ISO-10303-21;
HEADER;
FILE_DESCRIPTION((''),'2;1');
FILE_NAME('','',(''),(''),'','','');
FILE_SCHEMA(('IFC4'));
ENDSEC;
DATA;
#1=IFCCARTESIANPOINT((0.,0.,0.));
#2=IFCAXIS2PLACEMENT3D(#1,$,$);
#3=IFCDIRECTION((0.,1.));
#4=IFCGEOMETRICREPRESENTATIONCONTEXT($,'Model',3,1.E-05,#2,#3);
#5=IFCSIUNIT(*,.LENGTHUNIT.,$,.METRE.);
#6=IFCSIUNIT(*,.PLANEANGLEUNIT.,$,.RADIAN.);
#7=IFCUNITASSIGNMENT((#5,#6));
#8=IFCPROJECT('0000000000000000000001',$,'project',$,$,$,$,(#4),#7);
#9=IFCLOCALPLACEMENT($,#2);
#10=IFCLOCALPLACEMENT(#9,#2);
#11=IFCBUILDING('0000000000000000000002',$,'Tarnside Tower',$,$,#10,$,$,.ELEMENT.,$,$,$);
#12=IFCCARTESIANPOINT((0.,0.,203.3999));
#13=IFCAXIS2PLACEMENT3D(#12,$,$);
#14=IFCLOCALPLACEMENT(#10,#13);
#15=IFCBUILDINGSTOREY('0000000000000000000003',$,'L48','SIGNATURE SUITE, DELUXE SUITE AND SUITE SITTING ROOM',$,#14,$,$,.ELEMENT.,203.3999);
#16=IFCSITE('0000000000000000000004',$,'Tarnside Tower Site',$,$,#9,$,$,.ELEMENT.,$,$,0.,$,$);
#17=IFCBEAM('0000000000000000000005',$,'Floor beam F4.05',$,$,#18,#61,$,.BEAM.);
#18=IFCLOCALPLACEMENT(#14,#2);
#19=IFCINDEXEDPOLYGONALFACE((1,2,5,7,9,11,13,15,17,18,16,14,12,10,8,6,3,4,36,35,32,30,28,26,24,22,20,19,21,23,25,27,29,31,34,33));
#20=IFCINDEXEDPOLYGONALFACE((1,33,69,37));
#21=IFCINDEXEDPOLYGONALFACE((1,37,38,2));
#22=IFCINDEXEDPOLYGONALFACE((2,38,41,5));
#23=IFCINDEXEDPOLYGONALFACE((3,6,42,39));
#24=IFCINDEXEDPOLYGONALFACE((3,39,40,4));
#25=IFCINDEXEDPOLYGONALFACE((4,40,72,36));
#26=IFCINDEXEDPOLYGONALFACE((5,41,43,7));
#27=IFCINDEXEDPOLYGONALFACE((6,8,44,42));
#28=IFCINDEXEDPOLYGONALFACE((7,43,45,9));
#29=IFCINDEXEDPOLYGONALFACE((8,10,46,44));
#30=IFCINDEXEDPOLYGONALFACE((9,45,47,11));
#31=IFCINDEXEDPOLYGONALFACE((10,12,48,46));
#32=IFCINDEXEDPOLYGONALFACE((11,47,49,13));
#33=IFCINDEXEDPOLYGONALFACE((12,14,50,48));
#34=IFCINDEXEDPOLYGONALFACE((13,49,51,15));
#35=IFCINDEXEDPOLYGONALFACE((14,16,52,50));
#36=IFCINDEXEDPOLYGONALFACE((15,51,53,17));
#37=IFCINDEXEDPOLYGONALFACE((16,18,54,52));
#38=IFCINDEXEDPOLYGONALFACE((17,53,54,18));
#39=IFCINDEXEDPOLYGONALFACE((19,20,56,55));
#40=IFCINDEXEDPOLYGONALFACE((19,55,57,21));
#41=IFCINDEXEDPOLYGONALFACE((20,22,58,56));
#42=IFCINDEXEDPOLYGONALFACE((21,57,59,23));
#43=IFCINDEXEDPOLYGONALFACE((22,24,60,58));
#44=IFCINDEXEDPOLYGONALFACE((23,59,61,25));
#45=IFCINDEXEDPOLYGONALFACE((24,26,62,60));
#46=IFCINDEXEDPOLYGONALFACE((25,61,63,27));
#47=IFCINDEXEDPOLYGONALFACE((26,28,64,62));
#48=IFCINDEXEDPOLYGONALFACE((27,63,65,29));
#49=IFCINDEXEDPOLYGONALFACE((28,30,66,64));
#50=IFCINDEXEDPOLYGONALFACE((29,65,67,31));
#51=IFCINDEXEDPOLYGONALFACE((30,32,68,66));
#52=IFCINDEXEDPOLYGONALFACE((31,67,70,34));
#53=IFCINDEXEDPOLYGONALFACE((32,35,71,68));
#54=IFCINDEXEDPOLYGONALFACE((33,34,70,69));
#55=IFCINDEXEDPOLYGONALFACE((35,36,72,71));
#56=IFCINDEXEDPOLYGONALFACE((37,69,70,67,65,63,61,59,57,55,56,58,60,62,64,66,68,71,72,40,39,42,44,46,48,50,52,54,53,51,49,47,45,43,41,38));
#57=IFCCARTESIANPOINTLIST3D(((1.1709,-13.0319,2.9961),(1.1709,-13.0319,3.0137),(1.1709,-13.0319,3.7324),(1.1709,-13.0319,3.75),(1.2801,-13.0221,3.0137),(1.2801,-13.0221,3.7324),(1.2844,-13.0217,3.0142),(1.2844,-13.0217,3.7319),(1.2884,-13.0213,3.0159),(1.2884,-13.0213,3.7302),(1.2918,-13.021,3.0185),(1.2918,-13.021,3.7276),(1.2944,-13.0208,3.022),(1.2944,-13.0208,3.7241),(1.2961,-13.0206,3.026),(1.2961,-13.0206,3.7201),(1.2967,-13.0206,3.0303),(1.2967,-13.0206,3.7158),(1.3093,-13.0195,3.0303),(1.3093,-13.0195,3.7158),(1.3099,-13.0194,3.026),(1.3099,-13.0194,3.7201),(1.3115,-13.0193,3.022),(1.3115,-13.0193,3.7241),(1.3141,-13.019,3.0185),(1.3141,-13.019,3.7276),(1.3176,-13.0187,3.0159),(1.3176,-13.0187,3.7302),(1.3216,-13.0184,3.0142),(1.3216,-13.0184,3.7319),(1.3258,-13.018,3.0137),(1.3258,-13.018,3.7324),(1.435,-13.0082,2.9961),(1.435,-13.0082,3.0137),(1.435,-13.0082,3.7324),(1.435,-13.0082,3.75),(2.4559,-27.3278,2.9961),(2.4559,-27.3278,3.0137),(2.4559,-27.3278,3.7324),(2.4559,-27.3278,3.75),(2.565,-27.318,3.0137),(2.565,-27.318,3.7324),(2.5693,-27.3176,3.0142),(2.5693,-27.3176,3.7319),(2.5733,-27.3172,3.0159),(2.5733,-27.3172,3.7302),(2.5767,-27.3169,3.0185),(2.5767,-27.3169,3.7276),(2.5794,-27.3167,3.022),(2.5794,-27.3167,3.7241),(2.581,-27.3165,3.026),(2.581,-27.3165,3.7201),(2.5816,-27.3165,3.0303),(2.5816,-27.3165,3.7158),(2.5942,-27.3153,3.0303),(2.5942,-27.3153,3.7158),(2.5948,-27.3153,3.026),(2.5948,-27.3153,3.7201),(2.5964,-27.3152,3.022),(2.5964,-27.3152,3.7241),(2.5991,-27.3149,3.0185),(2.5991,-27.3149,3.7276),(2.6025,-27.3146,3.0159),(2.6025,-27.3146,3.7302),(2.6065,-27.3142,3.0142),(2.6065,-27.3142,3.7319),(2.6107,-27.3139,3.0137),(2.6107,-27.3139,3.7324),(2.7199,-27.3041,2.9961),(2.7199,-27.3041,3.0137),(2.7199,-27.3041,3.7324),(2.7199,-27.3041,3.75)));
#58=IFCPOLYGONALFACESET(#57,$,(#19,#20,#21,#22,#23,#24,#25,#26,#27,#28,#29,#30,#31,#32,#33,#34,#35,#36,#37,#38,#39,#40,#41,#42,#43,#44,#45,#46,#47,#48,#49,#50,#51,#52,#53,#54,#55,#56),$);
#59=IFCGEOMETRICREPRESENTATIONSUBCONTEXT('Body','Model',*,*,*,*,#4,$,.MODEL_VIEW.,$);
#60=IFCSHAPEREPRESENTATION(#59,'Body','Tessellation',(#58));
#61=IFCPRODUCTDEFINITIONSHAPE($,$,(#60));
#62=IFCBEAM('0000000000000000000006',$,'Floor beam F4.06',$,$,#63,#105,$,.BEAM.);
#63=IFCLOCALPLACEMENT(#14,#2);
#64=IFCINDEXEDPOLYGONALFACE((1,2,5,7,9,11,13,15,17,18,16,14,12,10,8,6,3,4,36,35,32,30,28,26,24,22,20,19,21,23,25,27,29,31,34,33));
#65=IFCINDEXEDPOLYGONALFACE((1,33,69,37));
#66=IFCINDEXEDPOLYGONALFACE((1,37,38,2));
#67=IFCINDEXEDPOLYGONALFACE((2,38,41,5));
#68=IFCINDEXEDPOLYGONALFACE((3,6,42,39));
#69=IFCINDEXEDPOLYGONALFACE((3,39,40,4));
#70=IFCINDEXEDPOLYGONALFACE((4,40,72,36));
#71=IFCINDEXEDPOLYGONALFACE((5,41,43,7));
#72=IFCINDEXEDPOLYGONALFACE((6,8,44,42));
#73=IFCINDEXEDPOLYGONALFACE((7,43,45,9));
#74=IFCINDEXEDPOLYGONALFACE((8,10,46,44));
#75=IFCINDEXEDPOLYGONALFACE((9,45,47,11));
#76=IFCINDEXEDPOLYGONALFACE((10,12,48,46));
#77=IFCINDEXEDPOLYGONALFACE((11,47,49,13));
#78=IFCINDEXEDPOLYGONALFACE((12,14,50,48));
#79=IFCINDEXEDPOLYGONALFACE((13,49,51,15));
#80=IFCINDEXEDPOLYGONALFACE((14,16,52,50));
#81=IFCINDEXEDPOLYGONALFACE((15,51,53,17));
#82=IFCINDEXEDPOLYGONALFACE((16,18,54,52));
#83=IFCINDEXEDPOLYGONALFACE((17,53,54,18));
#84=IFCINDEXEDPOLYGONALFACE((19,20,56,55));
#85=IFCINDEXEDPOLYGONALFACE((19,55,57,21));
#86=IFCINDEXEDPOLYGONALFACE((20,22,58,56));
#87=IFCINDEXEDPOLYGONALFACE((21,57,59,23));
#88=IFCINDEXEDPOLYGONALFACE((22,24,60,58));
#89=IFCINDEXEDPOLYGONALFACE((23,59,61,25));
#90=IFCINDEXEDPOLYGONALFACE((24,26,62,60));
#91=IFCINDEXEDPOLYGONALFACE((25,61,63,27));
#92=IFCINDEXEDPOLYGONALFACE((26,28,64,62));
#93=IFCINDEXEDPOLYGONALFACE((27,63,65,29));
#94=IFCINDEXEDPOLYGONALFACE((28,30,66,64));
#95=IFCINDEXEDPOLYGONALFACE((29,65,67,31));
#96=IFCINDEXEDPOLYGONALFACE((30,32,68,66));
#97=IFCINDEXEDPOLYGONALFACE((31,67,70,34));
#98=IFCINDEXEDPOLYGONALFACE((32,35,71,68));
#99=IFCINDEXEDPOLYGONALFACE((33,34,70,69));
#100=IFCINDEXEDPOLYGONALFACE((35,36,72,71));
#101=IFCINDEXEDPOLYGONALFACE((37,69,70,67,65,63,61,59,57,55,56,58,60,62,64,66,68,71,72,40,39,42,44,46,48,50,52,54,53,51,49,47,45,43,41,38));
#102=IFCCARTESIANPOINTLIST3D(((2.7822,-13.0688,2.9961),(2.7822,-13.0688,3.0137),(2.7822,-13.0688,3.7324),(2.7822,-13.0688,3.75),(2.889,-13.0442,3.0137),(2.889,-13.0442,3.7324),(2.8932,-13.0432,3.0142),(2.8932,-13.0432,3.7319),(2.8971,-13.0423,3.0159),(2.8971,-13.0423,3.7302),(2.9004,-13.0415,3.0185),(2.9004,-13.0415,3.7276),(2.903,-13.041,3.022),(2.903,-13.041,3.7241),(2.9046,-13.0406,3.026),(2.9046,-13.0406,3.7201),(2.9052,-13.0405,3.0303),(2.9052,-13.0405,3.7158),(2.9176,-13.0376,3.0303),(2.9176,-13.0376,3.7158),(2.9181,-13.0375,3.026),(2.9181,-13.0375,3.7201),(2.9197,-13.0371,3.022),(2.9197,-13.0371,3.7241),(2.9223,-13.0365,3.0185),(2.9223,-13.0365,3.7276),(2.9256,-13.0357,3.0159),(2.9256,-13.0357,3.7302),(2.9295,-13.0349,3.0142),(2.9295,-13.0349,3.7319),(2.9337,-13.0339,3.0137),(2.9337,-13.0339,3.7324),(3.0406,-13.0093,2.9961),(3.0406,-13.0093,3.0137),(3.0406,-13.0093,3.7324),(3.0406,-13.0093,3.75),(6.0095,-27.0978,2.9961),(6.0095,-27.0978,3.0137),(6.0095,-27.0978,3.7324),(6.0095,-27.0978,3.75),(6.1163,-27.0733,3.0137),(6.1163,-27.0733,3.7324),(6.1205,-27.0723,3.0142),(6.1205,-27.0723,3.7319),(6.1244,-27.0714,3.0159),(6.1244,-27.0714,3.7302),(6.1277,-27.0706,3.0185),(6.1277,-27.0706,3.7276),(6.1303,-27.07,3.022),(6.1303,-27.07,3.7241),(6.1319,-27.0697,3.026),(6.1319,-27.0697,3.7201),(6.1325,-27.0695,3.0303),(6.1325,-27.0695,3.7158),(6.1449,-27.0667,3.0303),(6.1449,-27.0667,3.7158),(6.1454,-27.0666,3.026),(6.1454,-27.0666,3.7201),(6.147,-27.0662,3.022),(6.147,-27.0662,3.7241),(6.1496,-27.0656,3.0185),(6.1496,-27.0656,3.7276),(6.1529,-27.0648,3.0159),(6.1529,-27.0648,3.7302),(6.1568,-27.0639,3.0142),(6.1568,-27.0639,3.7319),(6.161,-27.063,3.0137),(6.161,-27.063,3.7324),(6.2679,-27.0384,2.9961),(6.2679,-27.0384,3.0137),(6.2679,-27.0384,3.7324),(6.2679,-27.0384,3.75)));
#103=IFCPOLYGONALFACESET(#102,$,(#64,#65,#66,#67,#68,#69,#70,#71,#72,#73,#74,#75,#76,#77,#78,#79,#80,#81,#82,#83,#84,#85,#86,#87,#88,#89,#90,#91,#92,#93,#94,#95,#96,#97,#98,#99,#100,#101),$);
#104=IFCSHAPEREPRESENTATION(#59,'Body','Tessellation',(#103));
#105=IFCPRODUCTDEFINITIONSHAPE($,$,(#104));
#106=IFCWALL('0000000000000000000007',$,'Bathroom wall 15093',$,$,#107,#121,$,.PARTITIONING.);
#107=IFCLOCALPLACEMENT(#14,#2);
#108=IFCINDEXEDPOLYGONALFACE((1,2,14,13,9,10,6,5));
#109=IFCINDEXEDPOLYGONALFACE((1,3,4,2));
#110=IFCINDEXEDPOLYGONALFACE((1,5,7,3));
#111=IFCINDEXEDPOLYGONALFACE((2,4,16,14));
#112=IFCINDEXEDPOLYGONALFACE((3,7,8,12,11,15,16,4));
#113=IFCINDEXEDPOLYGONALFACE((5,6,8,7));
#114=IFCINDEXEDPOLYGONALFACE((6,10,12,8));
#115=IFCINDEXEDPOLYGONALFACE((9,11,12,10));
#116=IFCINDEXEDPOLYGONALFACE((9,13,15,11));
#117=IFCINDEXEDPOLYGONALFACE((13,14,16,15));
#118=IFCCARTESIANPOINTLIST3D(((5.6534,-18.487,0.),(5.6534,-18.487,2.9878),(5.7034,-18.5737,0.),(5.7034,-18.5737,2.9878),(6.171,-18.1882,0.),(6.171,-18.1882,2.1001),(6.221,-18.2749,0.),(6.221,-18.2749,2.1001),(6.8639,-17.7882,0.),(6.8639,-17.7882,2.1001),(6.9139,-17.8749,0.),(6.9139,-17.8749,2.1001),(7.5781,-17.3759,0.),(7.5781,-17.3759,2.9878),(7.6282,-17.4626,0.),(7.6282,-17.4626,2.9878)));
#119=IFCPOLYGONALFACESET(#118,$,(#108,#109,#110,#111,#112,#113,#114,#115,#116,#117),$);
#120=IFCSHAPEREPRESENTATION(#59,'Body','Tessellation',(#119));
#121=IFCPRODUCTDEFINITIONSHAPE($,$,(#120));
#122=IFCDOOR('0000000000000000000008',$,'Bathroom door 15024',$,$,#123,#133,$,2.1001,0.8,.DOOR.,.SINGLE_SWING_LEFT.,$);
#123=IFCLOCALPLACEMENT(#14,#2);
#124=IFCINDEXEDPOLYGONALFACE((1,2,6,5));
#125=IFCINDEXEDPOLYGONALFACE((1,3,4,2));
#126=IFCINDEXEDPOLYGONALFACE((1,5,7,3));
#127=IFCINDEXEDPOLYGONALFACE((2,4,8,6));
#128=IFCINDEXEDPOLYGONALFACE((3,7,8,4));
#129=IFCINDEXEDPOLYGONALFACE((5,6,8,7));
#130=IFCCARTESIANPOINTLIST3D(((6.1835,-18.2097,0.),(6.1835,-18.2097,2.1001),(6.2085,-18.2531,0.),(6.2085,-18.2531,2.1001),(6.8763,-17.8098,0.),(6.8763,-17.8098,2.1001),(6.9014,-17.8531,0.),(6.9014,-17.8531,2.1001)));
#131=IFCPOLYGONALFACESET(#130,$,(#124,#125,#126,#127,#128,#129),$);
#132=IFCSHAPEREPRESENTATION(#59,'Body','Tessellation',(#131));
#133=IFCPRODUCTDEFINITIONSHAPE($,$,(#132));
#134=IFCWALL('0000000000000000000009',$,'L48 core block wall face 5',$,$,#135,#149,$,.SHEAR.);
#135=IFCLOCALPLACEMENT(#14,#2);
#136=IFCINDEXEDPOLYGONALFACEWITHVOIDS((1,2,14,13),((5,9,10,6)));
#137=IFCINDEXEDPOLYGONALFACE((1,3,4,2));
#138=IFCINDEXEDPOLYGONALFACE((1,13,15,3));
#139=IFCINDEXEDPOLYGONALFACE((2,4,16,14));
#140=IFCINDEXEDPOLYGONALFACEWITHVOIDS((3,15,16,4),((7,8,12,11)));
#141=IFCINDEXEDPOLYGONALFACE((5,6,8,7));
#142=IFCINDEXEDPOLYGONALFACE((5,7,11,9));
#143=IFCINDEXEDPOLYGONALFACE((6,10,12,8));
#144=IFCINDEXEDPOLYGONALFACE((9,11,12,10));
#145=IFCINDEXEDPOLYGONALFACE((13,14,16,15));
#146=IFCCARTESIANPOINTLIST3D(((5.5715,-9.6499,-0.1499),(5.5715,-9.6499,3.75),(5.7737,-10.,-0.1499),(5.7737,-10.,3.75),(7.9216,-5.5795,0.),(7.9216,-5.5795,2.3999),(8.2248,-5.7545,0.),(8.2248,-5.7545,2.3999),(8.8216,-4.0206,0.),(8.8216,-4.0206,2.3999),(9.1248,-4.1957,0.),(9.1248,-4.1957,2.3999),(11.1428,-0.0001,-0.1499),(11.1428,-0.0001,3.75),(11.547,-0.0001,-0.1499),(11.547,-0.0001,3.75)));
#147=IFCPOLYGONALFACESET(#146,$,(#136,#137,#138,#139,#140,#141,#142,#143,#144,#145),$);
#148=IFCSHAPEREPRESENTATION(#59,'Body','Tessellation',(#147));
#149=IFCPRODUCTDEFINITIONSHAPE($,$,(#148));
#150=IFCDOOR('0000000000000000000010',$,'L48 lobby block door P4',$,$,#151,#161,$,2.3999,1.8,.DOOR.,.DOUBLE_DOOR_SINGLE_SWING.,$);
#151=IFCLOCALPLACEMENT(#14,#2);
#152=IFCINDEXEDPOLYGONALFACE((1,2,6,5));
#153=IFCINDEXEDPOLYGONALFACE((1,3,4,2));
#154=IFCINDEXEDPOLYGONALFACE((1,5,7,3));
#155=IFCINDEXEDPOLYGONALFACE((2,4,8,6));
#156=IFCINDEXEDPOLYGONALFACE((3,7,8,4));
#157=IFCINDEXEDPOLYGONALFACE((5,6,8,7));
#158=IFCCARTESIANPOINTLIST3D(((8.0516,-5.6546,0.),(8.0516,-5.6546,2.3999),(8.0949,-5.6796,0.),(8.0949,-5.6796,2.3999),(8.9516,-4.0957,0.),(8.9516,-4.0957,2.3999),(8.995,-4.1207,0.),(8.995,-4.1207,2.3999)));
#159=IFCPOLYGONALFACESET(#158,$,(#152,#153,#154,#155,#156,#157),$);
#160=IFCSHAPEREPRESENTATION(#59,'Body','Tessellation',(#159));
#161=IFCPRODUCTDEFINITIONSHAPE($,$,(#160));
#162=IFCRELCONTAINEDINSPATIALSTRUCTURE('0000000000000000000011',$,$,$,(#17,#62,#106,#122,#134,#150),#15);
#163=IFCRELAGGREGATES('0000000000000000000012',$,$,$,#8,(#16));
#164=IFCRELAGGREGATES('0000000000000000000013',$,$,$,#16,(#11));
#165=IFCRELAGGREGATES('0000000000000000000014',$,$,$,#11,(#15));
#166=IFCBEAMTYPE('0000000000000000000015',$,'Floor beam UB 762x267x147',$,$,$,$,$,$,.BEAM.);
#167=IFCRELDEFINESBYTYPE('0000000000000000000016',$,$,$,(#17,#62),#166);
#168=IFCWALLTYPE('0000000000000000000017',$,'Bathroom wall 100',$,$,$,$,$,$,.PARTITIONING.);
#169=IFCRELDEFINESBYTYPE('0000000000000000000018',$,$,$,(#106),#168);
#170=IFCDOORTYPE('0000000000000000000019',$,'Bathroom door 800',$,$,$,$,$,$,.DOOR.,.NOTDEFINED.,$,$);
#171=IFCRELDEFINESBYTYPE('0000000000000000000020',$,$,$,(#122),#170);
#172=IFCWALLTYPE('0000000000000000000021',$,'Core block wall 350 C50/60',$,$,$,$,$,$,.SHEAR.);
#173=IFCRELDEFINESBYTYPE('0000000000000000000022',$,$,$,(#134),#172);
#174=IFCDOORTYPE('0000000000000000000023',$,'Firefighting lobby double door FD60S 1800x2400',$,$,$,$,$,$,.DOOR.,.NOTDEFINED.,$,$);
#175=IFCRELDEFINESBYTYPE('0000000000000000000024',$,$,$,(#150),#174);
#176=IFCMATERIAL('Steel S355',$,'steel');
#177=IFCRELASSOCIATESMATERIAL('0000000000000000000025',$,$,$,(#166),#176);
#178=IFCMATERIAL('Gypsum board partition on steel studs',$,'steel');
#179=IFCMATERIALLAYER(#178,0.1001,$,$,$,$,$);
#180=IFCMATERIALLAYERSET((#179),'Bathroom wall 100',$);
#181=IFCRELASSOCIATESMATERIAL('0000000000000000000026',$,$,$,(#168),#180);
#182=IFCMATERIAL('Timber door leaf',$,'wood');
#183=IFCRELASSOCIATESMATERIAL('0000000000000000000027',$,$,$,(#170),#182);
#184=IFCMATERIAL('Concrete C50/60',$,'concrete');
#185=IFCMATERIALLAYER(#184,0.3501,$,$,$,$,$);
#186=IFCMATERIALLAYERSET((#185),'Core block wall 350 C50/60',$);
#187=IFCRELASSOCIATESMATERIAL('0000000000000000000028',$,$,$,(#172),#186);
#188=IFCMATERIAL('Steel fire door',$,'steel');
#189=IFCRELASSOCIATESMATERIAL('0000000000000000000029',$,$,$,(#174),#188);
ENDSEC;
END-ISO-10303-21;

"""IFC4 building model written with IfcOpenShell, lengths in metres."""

from ifc_helpers import new_model, si_unit, direction, frame, frame_2d, origin, origin_2d, place, context, subcontext, project, spatial, polyline, rectangle, i_section, outline, extrude, material, layer, layer_set, material_profile, profile_set, type_object, element, fill, save


model = new_model("IFC4")

# Units and contexts
model_context = context("Model", 3, precision=1e-05, world=origin(), true_north=direction((0.0, 1.0)))
body_context = subcontext(model_context, "Body", "Model", "MODEL_VIEW")
ifc_project = project(units=[si_unit("LENGTHUNIT", "METRE"), si_unit("PLANEANGLEUNIT", "RADIAN")], contexts=[model_context])

# Site, building, storey
site_placement = place(None, origin())
site = spatial("IfcSite", under=ifc_project, at=site_placement, Name="Tarnside Tower Site", CompositionType="ELEMENT", RefElevation=0.0)
building_placement = place(site_placement, origin())
building = spatial("IfcBuilding", under=site, at=building_placement, Name="Tarnside Tower", CompositionType="ELEMENT")
storey_placement = place(building_placement, frame((0.0, 0.0, 203.3999)))
storey = spatial("IfcBuildingStorey", under=building, at=storey_placement, Name="L48", Description="SIGNATURE SUITE, DELUXE SUITE AND SUITE SITTING ROOM", CompositionType="ELEMENT", Elevation=203.3999)

# Beams
ifc_material_1 = material(Name="Steel S355", Category="steel")
ifc_material_profile = material_profile(ifc_material_1, i_section(OverallWidth=0.2651, OverallDepth=0.7539, WebThickness=0.0127, FlangeThickness=0.0176, FilletRadius=0.0166, at=origin_2d()), Name="UB 762x267x147")
ifc_profile_set = profile_set([ifc_material_profile], Name="Steel S355")
beam_type = type_object("IfcBeamType", Name="Floor beam UB 762x267x147", PredefinedType="BEAM", material=ifc_profile_set)
beam_1_placement = place(storey_placement, frame((2.5879, -27.3159, 3.373), z_axis=(-0.089519, 0.995985, 0.0), x_axis=(-0.995985, -0.089519, 0.0)))
element("IfcBeam", 1, at=beam_1_placement, inside=storey, type_object=beam_type, Name="Floor beam F4.05", PredefinedType="BEAM", context=body_context, shape_type="SweptSolid", body=[
    extrude(i_section(OverallWidth=0.2651, OverallDepth=0.7539, WebThickness=0.0127, FlangeThickness=0.0176, FilletRadius=0.0166, at=origin_2d()), origin(), (0.0, 0.0, 1.0), 14.3535),
])
beam_2_placement = place(storey_placement, frame((6.1387, -27.0681, 3.373), z_axis=(-0.224188, 0.974546, 0.0), x_axis=(-0.974546, -0.224188, 0.0)))
element("IfcBeam", 2, at=beam_2_placement, inside=storey, type_object=beam_type, Name="Floor beam F4.06", PredefinedType="BEAM", context=body_context, shape_type="SweptSolid", body=[
    extrude(i_section(OverallWidth=0.2651, OverallDepth=0.7539, WebThickness=0.0127, FlangeThickness=0.0176, FilletRadius=0.0166, at=origin_2d()), origin(), (0.0, 0.0, 1.0), 14.3955),
])

# Walls, openings, doors
ifc_material_2 = material(Name="Gypsum board partition on steel studs", Category="steel")
ifc_layer_1 = layer(ifc_material_2, 0.1001)
ifc_layer_set_1 = layer_set([ifc_layer_1], Name="Bathroom wall 100")
wall_type_1 = type_object("IfcWallType", Name="Bathroom wall 100", PredefinedType="PARTITIONING", material=ifc_layer_set_1)
wall_1_placement = place(storey_placement, frame((7.6033, -17.4192, 0.0), z_axis=(0.0, 0.0, 1.0), x_axis=(-0.866065, -0.499932, 0.0)))
wall_1 = element("IfcWall", 3, at=wall_1_placement, inside=storey, type_object=wall_type_1, Name="Bathroom wall 15093", PredefinedType="PARTITIONING", context=body_context, shape_type="SweptSolid", body=[
    extrude(rectangle(XDim=2.2224, YDim=0.1001, at=frame_2d((1.1113, 0.0))), origin(), (0.0, 0.0, 1.0), 2.9878),
])
opening_1_placement = place(wall_1_placement, frame((0.825, 0.0, 0.0)))
opening_1 = element("IfcOpeningElement", 4, at=opening_1_placement, cuts=wall_1, PredefinedType="OPENING", context=body_context, shape_type="SweptSolid", body=[
    extrude(rectangle(XDim=0.8, YDim=2.1001, at=frame_2d((0.3999, 1.05))), frame((0.0, 0.0601, 0.0), z_axis=(0.0, -1.0, 0.0), x_axis=(1.0, 0.0, 0.0)), (0.0, 0.0, 1.0), 0.1201),
])
ifc_material_3 = material(Name="Timber door leaf", Category="wood")
door_type_1 = type_object("IfcDoorType", Name="Bathroom door 800", OperationType="NOTDEFINED", PredefinedType="DOOR", material=ifc_material_3)
door_1_placement = place(opening_1_placement, origin())
door_1 = element("IfcDoor", 5, at=door_1_placement, inside=storey, type_object=door_type_1, Name="Bathroom door 15024", OperationType="SINGLE_SWING_LEFT", OverallHeight=2.1001, OverallWidth=0.8, PredefinedType="DOOR", context=body_context, shape_type="SweptSolid", body=[
    extrude(rectangle(XDim=0.8, YDim=2.1001, at=frame_2d((0.3999, 1.05))), frame((0.0, 0.0249, 0.0), z_axis=(0.0, -1.0, 0.0), x_axis=(1.0, 0.0, 0.0)), (0.0, 0.0, 1.0), 0.05),
])
fill(opening_1, door_1)
ifc_material_4 = material(Name="Concrete C50/60", Category="concrete")
ifc_layer_2 = layer(ifc_material_4, 0.3501)
ifc_layer_set_2 = layer_set([ifc_layer_2], Name="Core block wall 350 C50/60")
wall_type_2 = type_object("IfcWallType", Name="Core block wall 350 C50/60", PredefinedType="SHEAR", material=ifc_layer_set_2)
wall_2_placement = place(storey_placement, frame((5.6726, -9.825, -0.1499), z_axis=(0.0, 0.0, 1.0), x_axis=(0.499995, 0.866028, 0.0)))
wall_2 = element("IfcWall", 6, at=wall_2_placement, inside=storey, type_object=wall_type_2, Name="L48 core block wall face 5", PredefinedType="SHEAR", context=body_context, shape_type="SweptSolid", body=[
    extrude(outline(polyline([(-0.1011, -0.175), (11.4458, -0.175), (11.2437, 0.175), (0.1011, 0.175), (-0.1011, -0.175)])), origin(), (0.0, 0.0, 1.0), 3.8999),
])
opening_2_placement = place(wall_2_placement, frame((4.8013, 0.0, 0.1499)))
opening_2 = element("IfcOpeningElement", 7, at=opening_2_placement, cuts=wall_2, PredefinedType="OPENING", context=body_context, shape_type="SweptSolid", body=[
    extrude(rectangle(XDim=1.8, YDim=2.3999, at=frame_2d((0.8999, 1.2))), frame((0.0, 0.1851, 0.0), z_axis=(0.0, -1.0, 0.0), x_axis=(1.0, 0.0, 0.0)), (0.0, 0.0, 1.0), 0.3701),
])
ifc_material_5 = material(Name="Steel fire door", Category="steel")
door_type_2 = type_object("IfcDoorType", Name="Firefighting lobby double door FD60S 1800x2400", OperationType="NOTDEFINED", PredefinedType="DOOR", material=ifc_material_5)
door_2_placement = place(opening_2_placement, origin())
door_2 = element("IfcDoor", 8, at=door_2_placement, inside=storey, type_object=door_type_2, Name="L48 lobby block door P4", OperationType="DOUBLE_DOOR_SINGLE_SWING", OverallHeight=2.3999, OverallWidth=1.8, PredefinedType="DOOR", context=body_context, shape_type="SweptSolid", body=[
    extrude(rectangle(XDim=1.8, YDim=2.3999, at=frame_2d((0.8999, 1.2))), frame((0.0, 0.0249, 0.0), z_axis=(0.0, -1.0, 0.0), x_axis=(1.0, 0.0, 0.0)), (0.0, 0.0, 1.0), 0.05),
])
fill(opening_2, door_2)

save(model, "model.ifc")
